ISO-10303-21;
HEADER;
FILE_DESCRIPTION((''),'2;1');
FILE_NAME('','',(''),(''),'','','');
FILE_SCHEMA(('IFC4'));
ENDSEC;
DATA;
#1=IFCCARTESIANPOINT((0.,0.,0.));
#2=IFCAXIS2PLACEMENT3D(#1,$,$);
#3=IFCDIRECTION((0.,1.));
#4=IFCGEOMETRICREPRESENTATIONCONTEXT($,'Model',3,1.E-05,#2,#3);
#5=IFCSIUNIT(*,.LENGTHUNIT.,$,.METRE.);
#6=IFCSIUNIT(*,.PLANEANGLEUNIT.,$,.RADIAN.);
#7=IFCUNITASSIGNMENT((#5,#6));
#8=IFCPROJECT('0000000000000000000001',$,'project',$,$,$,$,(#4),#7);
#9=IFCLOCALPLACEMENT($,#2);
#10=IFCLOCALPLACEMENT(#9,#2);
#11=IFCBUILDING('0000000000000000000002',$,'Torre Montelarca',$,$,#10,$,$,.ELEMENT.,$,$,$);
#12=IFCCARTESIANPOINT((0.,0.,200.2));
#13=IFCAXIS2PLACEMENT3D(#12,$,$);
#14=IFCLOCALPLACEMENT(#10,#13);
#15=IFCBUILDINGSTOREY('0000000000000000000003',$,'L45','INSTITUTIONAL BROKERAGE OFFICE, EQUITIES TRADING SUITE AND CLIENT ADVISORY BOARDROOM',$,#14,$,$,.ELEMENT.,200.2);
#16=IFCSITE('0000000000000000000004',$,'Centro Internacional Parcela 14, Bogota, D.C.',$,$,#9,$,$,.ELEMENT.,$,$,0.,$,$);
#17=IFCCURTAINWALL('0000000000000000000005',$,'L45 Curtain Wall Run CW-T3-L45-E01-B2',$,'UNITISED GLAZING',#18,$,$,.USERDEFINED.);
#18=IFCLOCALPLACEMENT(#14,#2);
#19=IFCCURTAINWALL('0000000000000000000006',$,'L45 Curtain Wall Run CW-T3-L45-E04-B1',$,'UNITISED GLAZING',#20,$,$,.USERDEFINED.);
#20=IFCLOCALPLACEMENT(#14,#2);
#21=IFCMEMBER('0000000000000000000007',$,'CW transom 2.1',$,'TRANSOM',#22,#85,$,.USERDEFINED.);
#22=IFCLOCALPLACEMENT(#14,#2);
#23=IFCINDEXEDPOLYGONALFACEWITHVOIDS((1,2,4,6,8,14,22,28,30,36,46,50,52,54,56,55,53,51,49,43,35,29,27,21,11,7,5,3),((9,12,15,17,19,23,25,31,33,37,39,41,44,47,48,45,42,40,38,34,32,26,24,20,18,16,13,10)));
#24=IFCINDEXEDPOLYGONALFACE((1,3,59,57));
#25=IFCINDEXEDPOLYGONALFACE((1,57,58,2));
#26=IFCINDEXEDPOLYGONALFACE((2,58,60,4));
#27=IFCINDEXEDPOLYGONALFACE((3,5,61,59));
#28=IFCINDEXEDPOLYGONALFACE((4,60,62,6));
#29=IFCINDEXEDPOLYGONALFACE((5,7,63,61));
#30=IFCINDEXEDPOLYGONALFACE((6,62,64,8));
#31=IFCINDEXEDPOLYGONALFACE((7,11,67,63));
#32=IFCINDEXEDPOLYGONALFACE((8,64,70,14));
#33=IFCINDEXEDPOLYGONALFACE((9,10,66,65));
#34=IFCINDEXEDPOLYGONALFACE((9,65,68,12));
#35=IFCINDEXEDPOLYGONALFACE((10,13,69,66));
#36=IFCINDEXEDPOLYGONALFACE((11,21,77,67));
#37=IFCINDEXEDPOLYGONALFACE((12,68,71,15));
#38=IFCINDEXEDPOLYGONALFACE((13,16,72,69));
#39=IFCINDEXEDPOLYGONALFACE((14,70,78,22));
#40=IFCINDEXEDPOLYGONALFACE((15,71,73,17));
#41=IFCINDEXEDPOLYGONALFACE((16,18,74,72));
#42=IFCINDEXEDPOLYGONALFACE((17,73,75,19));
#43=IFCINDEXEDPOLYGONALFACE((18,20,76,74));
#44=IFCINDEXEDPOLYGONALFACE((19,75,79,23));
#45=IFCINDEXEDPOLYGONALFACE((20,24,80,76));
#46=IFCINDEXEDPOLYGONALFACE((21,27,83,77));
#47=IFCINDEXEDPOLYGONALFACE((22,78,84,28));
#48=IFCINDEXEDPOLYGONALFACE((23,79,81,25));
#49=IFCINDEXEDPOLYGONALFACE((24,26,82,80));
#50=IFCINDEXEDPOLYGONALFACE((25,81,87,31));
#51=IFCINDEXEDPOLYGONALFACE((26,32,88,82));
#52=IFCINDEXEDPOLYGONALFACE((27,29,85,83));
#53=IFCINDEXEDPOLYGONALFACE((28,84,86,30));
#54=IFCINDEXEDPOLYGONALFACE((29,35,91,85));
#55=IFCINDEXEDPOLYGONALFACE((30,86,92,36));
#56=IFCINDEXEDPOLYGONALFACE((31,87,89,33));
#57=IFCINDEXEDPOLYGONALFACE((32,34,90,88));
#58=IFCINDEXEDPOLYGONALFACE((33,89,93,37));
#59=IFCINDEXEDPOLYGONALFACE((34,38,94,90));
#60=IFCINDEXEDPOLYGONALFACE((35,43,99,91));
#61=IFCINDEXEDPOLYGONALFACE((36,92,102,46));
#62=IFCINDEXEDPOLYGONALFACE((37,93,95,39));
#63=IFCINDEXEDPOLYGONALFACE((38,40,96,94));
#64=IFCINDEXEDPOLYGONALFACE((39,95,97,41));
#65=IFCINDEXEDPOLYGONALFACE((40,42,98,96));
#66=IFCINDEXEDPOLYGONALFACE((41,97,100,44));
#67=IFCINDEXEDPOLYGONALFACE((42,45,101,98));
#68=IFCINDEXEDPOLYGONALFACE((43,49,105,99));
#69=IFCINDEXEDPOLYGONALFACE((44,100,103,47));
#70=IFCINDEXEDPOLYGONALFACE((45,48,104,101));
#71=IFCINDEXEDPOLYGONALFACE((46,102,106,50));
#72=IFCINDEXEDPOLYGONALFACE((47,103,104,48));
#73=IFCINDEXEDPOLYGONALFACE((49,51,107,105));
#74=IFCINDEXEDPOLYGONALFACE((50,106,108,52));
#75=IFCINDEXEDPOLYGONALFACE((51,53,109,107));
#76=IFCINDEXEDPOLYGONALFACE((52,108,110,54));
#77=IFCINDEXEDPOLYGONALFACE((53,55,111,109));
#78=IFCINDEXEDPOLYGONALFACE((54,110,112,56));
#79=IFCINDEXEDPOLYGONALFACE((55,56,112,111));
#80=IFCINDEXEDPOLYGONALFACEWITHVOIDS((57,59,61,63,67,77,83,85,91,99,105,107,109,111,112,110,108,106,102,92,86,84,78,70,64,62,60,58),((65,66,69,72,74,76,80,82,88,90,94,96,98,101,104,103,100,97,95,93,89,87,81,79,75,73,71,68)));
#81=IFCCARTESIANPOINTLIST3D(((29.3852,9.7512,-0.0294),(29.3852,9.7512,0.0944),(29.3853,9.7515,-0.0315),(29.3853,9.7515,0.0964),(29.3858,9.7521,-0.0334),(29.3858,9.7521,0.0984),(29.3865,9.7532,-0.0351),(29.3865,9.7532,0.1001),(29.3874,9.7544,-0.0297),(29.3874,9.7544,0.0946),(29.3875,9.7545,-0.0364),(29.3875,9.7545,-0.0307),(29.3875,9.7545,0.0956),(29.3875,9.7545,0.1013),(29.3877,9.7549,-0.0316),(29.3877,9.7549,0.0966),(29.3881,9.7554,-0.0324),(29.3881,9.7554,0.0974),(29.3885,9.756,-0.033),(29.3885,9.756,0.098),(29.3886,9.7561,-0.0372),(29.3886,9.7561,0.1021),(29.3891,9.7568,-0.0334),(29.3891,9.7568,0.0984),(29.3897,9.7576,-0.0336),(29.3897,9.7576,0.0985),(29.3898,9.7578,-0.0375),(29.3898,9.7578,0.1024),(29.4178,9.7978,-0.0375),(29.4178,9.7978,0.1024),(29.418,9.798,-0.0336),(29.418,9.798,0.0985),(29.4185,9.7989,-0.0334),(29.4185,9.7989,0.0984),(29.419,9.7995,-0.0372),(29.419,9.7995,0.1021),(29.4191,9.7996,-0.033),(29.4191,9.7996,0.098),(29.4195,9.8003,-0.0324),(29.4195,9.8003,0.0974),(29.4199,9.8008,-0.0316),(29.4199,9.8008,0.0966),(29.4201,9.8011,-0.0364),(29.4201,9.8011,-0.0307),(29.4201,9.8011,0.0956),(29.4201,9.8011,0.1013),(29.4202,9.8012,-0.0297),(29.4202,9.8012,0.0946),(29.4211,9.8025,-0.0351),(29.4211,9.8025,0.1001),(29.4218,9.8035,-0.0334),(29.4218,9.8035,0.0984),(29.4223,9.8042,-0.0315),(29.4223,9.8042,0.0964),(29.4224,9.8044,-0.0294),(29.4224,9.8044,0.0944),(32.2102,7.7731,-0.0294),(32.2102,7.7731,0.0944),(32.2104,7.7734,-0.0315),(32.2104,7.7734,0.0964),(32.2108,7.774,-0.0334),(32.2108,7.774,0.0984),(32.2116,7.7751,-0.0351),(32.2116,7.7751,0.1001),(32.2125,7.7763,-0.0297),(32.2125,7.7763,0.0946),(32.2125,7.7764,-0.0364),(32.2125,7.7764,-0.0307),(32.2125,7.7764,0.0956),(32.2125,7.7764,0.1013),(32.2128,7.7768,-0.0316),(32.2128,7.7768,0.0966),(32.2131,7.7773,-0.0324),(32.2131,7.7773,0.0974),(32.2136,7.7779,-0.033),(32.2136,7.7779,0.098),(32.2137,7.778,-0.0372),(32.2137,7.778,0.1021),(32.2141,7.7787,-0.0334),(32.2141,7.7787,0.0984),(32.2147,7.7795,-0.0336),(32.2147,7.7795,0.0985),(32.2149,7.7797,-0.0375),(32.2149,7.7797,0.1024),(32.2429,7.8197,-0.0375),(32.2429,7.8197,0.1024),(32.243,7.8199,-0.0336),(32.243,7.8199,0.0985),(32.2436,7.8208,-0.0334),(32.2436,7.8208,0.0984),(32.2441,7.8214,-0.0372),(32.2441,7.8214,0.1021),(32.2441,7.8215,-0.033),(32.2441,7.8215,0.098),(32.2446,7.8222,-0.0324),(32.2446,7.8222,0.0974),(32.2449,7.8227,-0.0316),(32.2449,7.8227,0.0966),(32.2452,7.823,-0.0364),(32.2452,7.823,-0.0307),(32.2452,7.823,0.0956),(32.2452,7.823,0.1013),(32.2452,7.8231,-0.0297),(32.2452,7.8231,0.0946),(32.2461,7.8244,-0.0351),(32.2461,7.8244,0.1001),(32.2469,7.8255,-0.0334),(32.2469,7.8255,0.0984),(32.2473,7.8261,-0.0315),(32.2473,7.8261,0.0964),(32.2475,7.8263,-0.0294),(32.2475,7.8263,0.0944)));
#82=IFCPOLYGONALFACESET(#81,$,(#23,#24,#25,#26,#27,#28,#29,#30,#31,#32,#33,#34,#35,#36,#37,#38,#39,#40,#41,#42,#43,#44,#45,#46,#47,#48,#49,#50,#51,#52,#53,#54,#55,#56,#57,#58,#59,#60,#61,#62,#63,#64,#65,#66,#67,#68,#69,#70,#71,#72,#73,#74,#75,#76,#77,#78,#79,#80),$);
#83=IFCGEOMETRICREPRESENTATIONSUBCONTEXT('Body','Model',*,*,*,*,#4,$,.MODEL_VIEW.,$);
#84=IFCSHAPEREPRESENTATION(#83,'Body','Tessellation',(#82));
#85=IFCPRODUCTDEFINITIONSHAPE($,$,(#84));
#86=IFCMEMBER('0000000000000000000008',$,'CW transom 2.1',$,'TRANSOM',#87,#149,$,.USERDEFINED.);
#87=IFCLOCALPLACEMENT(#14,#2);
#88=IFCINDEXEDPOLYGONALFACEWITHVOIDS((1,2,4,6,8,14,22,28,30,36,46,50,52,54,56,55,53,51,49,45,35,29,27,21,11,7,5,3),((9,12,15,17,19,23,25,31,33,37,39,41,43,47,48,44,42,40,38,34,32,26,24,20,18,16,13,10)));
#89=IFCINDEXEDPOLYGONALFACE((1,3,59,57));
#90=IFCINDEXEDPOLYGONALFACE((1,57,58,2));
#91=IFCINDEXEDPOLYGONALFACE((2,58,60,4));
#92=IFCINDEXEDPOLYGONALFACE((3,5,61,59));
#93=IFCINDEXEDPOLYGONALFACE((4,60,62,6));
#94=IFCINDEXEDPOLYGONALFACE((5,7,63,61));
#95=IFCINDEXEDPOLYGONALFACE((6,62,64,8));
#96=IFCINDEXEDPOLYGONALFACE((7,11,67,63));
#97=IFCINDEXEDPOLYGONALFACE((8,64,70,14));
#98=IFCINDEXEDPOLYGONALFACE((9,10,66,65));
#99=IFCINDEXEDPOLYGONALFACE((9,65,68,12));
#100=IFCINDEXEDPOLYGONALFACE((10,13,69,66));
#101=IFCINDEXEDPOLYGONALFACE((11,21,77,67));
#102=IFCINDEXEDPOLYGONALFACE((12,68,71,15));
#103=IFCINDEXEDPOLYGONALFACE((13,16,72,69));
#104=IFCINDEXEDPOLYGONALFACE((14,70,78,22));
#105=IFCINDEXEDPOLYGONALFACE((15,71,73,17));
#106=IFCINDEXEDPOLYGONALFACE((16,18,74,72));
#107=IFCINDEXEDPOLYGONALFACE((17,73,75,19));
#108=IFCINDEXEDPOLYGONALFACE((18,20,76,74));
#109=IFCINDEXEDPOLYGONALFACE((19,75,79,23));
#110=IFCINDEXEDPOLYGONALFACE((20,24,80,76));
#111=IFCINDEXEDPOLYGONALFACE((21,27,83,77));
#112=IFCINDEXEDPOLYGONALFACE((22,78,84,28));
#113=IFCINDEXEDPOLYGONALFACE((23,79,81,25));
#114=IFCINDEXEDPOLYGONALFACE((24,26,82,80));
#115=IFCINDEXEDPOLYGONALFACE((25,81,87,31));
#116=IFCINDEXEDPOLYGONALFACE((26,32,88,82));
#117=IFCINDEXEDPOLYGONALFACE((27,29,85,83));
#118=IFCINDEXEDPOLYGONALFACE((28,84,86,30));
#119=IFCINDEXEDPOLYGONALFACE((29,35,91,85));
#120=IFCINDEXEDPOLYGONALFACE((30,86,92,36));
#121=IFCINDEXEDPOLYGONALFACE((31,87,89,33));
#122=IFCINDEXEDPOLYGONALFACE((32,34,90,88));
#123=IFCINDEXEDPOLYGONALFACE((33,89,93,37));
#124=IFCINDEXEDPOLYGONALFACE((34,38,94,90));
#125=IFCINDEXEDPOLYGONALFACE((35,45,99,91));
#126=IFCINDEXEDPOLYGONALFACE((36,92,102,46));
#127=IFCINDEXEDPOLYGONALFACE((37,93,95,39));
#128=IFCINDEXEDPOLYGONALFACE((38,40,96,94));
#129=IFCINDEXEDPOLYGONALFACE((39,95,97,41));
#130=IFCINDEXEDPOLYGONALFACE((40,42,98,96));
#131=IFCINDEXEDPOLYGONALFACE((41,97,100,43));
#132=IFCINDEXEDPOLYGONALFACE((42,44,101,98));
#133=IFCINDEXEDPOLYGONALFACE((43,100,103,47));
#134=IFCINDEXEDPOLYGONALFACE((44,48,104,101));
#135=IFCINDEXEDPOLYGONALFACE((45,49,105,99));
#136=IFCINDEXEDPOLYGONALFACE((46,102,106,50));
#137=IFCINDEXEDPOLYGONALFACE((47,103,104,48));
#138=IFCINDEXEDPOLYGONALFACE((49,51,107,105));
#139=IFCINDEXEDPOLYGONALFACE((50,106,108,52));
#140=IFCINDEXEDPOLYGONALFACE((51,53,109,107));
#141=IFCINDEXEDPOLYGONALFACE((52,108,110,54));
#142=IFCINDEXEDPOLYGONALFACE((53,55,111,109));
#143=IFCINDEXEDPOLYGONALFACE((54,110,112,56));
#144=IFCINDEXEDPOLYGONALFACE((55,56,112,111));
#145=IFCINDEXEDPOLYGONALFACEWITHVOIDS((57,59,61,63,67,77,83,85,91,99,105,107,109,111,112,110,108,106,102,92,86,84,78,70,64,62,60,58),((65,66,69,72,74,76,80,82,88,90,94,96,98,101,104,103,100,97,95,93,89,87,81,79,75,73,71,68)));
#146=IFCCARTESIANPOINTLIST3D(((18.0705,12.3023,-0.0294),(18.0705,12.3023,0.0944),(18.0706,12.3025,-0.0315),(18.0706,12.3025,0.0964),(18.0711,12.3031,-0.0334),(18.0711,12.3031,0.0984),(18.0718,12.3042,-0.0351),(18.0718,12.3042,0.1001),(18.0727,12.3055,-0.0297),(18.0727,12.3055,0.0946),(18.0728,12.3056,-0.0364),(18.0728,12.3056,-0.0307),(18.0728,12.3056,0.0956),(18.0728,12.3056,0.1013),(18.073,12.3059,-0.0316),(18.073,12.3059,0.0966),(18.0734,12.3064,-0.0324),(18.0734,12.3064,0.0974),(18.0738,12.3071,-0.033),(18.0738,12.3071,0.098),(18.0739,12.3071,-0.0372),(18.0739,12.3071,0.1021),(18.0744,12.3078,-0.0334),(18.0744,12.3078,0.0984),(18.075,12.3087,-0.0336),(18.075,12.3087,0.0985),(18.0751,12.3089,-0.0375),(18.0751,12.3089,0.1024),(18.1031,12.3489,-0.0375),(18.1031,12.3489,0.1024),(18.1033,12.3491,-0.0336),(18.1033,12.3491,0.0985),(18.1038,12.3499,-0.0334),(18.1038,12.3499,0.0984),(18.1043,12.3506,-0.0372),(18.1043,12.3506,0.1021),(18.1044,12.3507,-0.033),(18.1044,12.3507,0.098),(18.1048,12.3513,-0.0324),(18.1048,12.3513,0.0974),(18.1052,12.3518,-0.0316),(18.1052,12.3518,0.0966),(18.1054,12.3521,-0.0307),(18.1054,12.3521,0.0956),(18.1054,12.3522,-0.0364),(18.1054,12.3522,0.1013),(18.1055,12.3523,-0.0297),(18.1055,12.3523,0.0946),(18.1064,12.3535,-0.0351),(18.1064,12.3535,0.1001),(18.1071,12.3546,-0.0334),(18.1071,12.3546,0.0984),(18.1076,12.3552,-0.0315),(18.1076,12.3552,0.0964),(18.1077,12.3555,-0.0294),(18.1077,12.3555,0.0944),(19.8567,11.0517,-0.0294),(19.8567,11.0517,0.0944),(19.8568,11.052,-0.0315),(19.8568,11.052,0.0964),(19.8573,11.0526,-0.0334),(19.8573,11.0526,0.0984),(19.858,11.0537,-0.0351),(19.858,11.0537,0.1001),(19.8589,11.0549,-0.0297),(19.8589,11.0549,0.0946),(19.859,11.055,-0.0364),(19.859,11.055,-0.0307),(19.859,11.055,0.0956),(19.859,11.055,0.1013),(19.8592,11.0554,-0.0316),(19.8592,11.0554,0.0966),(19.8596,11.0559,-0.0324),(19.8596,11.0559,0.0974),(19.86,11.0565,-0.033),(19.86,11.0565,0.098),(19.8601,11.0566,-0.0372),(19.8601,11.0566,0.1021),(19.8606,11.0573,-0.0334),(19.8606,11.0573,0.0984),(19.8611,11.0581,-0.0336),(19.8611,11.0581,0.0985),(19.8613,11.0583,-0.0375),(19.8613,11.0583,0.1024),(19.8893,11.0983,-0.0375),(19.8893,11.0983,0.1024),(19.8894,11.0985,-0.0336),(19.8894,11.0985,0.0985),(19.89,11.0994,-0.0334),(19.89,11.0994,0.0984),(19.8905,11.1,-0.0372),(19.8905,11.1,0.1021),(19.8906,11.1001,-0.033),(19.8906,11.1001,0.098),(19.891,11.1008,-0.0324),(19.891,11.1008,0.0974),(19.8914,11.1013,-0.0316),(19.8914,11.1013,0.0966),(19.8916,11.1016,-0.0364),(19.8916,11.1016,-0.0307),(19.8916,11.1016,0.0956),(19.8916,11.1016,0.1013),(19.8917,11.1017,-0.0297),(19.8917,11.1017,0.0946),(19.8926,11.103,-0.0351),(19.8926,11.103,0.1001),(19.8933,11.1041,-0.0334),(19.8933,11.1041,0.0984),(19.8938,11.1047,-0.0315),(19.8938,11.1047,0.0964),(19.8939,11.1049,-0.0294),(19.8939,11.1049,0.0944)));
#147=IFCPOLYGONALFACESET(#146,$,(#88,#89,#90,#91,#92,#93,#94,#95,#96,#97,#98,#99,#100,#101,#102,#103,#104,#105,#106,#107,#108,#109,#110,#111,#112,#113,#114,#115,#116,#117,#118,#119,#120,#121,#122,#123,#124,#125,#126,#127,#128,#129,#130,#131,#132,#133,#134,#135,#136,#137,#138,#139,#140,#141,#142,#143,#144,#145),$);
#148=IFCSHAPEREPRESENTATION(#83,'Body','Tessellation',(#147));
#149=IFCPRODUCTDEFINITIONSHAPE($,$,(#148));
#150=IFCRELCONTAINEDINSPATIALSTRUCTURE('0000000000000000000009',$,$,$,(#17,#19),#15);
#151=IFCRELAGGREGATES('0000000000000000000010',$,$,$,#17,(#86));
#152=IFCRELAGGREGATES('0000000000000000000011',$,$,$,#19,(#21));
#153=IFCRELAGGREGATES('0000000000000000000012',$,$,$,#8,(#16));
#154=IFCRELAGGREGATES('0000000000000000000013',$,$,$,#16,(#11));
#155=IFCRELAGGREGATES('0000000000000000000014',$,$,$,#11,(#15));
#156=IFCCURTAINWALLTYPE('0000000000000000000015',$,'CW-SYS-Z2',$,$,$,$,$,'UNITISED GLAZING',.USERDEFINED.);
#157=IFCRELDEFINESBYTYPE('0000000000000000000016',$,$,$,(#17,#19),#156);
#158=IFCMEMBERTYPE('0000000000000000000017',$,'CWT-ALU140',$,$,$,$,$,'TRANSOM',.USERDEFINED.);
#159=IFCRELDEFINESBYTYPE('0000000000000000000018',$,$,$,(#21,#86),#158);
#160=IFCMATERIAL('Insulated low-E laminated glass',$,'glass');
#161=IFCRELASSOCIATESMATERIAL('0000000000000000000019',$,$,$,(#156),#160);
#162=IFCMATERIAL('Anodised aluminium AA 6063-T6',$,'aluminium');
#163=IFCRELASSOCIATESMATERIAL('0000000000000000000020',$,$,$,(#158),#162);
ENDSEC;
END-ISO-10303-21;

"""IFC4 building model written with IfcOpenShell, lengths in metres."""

from ifc_helpers import new_model, si_unit, direction, frame, origin, origin_2d, place, context, subcontext, project, spatial, hollow_rectangle, extrude, source, transform, mapped, material, material_profile, profile_set, type_object, element, aggregate, save


model = new_model("IFC4")

# Units and contexts
model_context = context("Model", 3, precision=1e-05, world=origin(), true_north=direction((0.0, 1.0)))
body_context = subcontext(model_context, "Body", "Model", "MODEL_VIEW")
ifc_project = project(units=[si_unit("LENGTHUNIT", "METRE"), si_unit("PLANEANGLEUNIT", "RADIAN")], contexts=[model_context])

# Site, building, storey
site_placement = place(None, origin())
site = spatial("IfcSite", under=ifc_project, at=site_placement, Name="Centro Internacional Parcela 14, Bogota, D.C.", CompositionType="ELEMENT", RefElevation=0.0)
building_placement = place(site_placement, origin())
building = spatial("IfcBuilding", under=site, at=building_placement, Name="Torre Montelarca", CompositionType="ELEMENT")
storey_placement = place(building_placement, frame((0.0, 0.0, 200.2)))
storey = spatial("IfcBuildingStorey", under=building, at=storey_placement, Name="L45", Description="INSTITUTIONAL BROKERAGE OFFICE, EQUITIES TRADING SUITE AND CLIENT ADVISORY BOARDROOM", CompositionType="ELEMENT", Elevation=200.2)

# Shared definitions
ifc_material_1 = material(Name="Insulated low-E laminated glass", Category="glass")
curtain_wall_type = type_object("IfcCurtainWallType", Name="CW-SYS-Z2", ElementType="UNITISED GLAZING", PredefinedType="USERDEFINED", material=ifc_material_1)
ifc_material_2 = material(Name="Anodised aluminium AA 6063-T6", Category="aluminium")
ifc_material_profile_1 = material_profile(ifc_material_2, hollow_rectangle(XDim=0.0649, YDim=0.1399, WallThickness=0.0039, InnerFilletRadius=0.0039, OuterFilletRadius=0.0081, at=origin_2d()), Name="ALU65X140X4", Category="aluminium")
ifc_profile_set_1 = profile_set([ifc_material_profile_1], Name="Anodised aluminium AA 6063-T6")
member_type_1 = type_object("IfcMemberType", Name="CWT-ALU140", ElementType="TRANSOM", PredefinedType="USERDEFINED", material=ifc_profile_set_1)

# Curtain wall
curtain_wall_1_placement = place(storey_placement, origin())
curtain_wall_1 = element("IfcCurtainWall", 1, at=curtain_wall_1_placement, inside=storey, type_object=curtain_wall_type, Name="L45 Curtain Wall Run CW-T3-L45-E01-B2", ObjectType="UNITISED GLAZING", PredefinedType="USERDEFINED")

# Curtain wall, member
curtain_wall_2_placement = place(storey_placement, origin())
curtain_wall_2 = element("IfcCurtainWall", 2, at=curtain_wall_2_placement, inside=storey, type_object=curtain_wall_type, Name="L45 Curtain Wall Run CW-T3-L45-E04-B1", ObjectType="UNITISED GLAZING", PredefinedType="USERDEFINED")
shared_shape_1 = source(origin(), body_context, "Body", "SweptSolid", [
    extrude(hollow_rectangle(XDim=0.0649, YDim=0.1399, WallThickness=0.0039, InnerFilletRadius=0.0039, OuterFilletRadius=0.0081, at=origin_2d()), origin(), (0.0, 0.0, 1.0), 3.4487),
])
member_1_placement = place(storey_placement, frame((29.4038, 9.7778, 0.0325), z_axis=(0.819155, -0.573572, 0.0), x_axis=(0.573572, 0.819155, 0.0)))
member_1 = element("IfcMember", 3, at=member_1_placement, type_object=member_type_1, Name="CW transom 2.1", ObjectType="TRANSOM", PredefinedType="USERDEFINED", context=body_context, shape_type="MappedRepresentation", body=[
    mapped(shared_shape_1, transform((0.0, 0.0, 0.0), scale=1.0)),
])

# Member
shared_shape_2 = source(origin(), body_context, "Body", "SweptSolid", [
    extrude(hollow_rectangle(XDim=0.0649, YDim=0.1399, WallThickness=0.0039, InnerFilletRadius=0.0039, OuterFilletRadius=0.0081, at=origin_2d()), origin(), (0.0, 0.0, 1.0), 2.1804),
])
member_2_placement = place(storey_placement, frame((18.0891, 12.3289, 0.0325), z_axis=(0.81919, -0.573522, 0.0), x_axis=(0.573522, 0.81919, 0.0)))
member_2 = element("IfcMember", 4, at=member_2_placement, type_object=member_type_1, Name="CW transom 2.1", ObjectType="TRANSOM", PredefinedType="USERDEFINED", context=body_context, shape_type="MappedRepresentation", body=[
    mapped(shared_shape_2, transform((0.0, 0.0, 0.0), scale=1.0)),
])

aggregate(curtain_wall_1, [member_2])
aggregate(curtain_wall_2, [member_1])

save(model, "model.ifc")
